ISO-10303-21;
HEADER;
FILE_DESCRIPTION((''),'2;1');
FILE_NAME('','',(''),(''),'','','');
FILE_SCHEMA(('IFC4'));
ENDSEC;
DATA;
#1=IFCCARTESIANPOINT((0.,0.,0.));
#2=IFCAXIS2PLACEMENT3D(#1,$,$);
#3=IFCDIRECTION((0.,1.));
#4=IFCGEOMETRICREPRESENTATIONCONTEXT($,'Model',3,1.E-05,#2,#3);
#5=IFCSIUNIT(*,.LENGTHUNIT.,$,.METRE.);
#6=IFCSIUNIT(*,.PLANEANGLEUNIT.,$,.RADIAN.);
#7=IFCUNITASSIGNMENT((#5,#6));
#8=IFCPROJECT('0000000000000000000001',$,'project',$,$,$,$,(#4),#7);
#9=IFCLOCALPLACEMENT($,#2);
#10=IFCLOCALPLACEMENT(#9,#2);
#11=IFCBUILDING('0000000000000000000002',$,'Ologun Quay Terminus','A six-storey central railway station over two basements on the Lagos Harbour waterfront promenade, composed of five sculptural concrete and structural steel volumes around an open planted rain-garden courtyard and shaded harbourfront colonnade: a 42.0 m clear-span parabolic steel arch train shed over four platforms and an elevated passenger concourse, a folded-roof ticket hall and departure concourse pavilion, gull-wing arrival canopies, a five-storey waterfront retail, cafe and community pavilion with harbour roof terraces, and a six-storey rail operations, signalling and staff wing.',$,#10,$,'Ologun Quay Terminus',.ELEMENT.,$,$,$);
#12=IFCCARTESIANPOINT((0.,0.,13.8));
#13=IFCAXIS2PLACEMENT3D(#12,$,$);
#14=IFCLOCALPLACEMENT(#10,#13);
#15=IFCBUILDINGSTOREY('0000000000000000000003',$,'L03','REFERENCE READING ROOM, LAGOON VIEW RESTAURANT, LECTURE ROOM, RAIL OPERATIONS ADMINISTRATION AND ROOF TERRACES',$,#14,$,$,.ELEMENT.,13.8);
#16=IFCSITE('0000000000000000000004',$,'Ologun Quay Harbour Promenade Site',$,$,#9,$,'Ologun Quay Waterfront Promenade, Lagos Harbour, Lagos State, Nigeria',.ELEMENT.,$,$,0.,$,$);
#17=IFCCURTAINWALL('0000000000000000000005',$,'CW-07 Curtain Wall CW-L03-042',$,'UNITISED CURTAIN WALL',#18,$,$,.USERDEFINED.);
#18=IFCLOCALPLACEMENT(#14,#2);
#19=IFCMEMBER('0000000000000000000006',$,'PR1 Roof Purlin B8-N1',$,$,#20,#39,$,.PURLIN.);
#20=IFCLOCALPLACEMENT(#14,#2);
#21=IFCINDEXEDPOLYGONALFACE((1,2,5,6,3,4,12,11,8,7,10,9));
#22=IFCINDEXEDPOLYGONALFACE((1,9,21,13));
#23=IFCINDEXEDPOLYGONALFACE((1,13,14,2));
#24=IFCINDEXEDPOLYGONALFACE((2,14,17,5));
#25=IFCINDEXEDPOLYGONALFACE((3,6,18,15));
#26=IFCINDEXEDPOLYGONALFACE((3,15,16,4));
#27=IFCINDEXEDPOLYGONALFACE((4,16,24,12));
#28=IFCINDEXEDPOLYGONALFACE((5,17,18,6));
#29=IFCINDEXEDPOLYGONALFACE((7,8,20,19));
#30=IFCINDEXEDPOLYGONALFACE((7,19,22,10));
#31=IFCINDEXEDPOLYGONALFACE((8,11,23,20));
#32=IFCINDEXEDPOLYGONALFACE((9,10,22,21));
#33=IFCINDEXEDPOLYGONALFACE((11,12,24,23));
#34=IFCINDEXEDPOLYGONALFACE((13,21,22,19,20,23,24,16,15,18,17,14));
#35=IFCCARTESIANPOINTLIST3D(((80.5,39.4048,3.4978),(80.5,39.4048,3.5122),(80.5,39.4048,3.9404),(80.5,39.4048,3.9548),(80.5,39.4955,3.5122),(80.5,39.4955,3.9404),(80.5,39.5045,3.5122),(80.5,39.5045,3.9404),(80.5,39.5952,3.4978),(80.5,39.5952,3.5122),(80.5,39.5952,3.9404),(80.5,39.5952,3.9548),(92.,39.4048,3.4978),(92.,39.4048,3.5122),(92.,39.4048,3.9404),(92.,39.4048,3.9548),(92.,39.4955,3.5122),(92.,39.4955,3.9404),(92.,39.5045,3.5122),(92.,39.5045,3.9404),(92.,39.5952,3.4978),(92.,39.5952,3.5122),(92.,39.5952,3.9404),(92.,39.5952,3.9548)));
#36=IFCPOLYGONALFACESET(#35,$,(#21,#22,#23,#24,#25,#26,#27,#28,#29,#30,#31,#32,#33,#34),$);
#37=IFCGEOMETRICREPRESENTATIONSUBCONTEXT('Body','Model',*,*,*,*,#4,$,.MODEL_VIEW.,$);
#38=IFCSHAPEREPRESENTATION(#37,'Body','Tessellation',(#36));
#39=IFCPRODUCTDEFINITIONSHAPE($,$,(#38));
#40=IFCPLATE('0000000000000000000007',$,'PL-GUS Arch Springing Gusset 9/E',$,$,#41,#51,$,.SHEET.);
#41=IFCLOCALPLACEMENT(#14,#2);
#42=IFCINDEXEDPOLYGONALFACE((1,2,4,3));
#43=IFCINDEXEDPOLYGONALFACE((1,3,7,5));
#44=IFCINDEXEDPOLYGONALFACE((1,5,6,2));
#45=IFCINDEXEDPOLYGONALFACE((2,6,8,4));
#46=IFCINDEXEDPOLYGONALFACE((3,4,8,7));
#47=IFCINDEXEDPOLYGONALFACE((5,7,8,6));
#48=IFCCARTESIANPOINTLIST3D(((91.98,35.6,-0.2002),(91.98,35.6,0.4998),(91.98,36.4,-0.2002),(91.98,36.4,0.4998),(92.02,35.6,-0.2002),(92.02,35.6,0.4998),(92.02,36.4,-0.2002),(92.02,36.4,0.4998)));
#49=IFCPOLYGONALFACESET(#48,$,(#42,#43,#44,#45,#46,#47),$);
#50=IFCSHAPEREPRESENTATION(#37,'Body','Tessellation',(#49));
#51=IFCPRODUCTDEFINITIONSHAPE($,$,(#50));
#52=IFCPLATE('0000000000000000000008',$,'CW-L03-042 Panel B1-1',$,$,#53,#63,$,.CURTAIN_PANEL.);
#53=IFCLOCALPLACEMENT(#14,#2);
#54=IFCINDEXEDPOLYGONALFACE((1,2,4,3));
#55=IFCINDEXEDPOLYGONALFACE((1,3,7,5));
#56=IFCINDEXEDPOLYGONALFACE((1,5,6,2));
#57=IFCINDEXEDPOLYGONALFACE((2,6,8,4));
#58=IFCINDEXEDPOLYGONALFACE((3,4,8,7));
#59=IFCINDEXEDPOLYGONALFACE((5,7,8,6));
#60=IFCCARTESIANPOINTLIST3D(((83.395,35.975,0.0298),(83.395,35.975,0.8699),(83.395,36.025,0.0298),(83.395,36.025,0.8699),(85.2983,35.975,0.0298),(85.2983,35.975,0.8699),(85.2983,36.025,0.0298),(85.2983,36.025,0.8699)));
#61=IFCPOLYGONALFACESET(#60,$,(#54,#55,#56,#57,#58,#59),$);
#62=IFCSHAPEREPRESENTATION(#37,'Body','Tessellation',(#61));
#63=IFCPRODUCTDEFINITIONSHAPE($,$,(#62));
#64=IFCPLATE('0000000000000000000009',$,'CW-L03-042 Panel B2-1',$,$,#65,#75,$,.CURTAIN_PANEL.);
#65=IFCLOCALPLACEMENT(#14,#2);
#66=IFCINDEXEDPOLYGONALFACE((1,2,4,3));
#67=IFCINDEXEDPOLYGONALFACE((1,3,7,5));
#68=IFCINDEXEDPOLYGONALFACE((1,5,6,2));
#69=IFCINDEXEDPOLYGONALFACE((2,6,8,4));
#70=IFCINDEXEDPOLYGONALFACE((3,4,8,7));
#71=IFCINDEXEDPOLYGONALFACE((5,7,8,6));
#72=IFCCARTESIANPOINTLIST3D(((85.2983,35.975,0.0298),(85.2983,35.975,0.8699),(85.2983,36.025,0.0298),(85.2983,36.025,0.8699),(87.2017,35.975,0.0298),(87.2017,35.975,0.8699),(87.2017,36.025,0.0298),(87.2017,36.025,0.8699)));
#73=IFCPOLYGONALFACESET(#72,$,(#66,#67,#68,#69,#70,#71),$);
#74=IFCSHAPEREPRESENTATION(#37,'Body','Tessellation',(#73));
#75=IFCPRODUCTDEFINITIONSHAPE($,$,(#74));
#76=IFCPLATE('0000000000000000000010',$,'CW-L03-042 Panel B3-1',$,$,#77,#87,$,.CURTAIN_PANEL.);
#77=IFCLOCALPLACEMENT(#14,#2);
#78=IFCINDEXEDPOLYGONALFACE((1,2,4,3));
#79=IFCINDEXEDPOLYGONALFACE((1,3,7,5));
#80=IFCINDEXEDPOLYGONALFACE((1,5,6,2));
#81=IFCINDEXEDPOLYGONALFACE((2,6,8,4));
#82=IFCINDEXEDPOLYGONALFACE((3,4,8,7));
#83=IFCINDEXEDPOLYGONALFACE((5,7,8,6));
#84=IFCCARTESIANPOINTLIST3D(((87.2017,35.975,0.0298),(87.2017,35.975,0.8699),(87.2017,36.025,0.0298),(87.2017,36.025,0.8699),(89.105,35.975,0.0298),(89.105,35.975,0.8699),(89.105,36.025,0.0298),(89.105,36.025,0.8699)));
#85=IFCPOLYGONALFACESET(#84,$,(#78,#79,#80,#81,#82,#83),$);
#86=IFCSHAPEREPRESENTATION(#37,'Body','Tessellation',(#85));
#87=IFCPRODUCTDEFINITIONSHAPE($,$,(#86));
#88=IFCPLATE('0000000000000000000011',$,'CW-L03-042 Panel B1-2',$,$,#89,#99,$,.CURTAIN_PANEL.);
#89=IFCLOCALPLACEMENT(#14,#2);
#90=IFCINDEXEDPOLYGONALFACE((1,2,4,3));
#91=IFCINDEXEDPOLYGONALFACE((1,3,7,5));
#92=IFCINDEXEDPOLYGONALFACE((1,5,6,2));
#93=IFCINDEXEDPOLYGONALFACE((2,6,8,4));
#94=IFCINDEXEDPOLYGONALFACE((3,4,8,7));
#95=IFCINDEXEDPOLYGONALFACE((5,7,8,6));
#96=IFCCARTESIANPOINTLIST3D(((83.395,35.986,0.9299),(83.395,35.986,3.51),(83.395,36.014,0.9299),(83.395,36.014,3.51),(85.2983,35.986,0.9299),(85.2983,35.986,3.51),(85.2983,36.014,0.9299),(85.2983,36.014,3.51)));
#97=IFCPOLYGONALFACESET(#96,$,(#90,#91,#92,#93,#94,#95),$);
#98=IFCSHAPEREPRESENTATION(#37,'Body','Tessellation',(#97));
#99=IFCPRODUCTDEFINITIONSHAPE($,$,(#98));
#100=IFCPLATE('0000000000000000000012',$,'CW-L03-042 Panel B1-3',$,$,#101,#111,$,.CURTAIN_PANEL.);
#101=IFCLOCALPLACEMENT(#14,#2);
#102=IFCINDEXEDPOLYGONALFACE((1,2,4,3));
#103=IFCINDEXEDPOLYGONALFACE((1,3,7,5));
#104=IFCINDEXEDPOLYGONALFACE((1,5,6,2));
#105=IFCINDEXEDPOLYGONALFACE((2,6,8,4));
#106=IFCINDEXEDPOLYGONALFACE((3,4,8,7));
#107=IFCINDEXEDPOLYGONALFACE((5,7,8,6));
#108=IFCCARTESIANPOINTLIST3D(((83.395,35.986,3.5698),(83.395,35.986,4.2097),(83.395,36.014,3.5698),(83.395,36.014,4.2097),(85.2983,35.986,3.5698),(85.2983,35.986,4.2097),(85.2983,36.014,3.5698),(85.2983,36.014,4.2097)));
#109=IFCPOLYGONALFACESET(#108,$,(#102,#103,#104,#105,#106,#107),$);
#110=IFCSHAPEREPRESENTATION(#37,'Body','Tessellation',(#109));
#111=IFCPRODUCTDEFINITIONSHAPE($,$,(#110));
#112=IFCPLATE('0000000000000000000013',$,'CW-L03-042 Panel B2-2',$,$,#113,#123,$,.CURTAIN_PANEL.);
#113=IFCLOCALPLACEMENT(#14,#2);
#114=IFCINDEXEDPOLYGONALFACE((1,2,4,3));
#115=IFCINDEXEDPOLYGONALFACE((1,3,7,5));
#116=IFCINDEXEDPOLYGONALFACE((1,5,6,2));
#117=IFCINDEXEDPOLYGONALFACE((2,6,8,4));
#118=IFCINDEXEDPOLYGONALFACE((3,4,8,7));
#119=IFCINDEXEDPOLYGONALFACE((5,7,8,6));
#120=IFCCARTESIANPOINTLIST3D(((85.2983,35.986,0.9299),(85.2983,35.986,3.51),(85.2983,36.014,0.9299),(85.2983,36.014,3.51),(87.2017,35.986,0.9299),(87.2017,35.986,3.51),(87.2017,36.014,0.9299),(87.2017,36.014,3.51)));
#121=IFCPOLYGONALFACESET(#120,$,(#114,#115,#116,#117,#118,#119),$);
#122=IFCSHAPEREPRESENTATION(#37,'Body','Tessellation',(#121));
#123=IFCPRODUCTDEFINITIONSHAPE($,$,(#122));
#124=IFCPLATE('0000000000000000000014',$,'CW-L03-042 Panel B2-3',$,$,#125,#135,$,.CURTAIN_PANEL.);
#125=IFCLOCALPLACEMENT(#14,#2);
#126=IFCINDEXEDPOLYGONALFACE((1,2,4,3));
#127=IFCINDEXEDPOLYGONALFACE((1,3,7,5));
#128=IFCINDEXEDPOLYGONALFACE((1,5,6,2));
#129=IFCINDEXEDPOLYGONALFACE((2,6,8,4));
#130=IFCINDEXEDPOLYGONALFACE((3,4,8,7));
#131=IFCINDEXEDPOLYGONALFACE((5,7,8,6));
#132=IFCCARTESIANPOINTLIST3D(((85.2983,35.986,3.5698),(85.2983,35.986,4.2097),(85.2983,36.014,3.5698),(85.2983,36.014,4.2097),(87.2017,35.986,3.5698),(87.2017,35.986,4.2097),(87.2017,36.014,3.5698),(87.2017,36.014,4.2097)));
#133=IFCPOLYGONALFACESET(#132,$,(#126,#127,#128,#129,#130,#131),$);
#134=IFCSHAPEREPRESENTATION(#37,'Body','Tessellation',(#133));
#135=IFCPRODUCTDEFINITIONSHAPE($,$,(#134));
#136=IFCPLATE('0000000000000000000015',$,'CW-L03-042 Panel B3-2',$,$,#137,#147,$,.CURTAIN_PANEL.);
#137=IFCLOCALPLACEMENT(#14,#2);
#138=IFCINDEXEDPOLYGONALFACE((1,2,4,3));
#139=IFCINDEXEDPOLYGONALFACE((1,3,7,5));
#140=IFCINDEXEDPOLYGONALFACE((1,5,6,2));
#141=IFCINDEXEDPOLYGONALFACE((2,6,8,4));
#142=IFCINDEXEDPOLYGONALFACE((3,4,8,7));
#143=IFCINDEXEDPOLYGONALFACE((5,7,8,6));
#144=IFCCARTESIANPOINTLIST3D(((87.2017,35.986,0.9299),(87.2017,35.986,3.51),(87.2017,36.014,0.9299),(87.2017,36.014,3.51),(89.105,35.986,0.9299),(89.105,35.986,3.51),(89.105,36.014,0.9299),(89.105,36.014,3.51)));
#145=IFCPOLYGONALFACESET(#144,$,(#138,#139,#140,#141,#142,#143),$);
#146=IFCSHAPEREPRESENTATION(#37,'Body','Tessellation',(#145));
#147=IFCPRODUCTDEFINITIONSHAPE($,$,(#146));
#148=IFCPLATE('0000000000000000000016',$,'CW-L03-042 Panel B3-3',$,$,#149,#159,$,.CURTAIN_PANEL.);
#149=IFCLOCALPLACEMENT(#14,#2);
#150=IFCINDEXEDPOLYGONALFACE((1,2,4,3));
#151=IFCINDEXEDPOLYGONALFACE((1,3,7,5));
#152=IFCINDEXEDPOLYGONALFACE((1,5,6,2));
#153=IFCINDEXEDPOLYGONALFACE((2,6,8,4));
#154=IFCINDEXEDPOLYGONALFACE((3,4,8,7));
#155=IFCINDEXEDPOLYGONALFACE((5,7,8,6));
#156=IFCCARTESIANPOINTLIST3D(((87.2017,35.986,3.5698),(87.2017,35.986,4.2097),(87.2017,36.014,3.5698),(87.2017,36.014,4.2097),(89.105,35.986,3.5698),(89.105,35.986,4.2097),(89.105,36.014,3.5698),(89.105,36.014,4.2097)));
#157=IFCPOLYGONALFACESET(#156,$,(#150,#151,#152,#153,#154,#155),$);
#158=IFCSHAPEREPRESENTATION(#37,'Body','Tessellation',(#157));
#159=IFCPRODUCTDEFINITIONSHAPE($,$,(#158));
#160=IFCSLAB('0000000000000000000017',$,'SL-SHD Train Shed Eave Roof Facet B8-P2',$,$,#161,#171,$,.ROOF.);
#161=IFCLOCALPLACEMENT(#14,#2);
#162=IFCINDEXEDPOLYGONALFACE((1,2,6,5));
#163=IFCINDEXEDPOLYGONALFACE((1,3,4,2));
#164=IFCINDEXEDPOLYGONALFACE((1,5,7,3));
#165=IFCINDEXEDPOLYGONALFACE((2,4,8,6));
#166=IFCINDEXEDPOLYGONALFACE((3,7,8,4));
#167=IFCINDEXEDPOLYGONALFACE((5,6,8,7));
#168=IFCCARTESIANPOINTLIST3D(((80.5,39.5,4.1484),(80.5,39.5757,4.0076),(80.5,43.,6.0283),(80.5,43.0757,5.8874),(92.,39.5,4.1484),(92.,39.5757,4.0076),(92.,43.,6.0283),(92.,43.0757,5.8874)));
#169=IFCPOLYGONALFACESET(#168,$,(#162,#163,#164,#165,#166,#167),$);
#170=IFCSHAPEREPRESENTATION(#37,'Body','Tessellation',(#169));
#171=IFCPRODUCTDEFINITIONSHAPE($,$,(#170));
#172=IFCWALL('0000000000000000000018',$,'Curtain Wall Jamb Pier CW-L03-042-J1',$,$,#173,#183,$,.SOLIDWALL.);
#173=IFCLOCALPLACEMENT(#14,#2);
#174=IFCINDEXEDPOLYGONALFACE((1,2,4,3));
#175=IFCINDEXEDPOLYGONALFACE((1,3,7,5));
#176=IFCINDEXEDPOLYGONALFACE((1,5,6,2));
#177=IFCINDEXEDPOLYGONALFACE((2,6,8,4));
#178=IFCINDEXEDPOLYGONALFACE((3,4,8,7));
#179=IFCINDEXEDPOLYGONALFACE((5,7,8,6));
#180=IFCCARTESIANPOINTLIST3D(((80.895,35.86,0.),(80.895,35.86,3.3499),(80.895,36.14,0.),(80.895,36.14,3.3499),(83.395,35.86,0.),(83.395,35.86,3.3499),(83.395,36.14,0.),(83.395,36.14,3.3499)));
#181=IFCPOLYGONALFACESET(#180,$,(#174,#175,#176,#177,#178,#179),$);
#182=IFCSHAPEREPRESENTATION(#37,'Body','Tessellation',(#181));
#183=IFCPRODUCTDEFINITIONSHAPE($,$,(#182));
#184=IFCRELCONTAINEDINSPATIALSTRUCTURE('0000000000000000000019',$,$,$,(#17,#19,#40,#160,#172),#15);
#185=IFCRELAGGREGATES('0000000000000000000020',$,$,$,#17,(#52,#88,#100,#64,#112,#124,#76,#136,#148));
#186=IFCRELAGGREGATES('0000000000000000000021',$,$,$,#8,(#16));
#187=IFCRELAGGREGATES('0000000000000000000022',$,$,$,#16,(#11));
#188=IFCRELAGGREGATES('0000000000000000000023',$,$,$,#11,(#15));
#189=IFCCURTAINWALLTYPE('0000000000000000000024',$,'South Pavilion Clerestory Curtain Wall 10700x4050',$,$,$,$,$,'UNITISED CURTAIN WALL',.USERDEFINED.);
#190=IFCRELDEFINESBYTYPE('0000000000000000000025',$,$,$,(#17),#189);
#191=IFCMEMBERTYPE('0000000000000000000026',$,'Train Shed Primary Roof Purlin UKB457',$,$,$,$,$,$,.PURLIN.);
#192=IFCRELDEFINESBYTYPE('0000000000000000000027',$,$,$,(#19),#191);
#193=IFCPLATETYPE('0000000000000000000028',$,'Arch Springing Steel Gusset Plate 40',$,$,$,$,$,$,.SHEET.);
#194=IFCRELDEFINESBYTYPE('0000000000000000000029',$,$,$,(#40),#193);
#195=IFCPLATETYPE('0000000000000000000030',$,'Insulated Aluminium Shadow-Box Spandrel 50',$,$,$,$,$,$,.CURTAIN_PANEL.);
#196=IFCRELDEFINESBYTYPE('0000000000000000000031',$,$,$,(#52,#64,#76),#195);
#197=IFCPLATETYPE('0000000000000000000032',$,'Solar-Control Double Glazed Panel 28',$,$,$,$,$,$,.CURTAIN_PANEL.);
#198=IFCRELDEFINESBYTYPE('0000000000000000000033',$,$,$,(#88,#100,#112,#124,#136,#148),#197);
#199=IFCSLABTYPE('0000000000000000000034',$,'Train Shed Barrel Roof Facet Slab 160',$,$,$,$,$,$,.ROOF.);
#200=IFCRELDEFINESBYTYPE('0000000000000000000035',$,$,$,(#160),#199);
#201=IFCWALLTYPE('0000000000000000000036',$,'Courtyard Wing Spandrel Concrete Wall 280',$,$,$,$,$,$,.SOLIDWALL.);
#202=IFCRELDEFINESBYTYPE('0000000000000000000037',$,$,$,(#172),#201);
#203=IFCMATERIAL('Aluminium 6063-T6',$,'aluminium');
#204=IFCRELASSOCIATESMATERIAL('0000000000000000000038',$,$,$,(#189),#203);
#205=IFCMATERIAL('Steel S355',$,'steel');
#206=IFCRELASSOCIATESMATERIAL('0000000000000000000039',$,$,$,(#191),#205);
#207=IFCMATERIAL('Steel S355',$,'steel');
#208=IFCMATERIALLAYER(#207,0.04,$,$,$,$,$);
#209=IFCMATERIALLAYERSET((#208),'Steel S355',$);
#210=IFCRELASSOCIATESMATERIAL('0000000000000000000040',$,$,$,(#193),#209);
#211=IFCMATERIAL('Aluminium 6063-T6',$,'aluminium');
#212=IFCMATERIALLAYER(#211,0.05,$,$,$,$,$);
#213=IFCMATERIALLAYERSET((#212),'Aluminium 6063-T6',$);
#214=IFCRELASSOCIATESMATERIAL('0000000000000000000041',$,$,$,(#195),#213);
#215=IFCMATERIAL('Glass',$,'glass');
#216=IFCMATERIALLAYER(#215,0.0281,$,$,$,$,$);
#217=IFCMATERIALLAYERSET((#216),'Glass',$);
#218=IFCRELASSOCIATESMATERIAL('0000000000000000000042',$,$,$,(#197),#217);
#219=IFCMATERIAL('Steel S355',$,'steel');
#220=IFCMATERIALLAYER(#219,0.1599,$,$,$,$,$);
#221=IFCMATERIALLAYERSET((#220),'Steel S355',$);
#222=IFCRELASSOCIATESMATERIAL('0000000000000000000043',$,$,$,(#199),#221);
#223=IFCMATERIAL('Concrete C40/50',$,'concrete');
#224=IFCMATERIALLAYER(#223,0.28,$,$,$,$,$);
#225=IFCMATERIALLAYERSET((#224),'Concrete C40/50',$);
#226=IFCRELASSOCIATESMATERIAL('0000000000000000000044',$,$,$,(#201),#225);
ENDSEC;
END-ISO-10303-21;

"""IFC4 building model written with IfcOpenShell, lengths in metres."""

from ifc_helpers import new_model, si_unit, direction, frame, frame_2d, origin, origin_2d, place, context, subcontext, project, spatial, polyline, rectangle, i_section, outline, extrude, material, layer, layer_set, material_profile, profile_set, type_object, element, aggregate, save


model = new_model("IFC4")

# Units and contexts
model_context = context("Model", 3, precision=1e-05, world=origin(), true_north=direction((0.0, 1.0)))
body_context = subcontext(model_context, "Body", "Model", "MODEL_VIEW")
ifc_project = project(units=[si_unit("LENGTHUNIT", "METRE"), si_unit("PLANEANGLEUNIT", "RADIAN")], contexts=[model_context])

# Site, building, storey
site_placement = place(None, origin())
site = spatial("IfcSite", under=ifc_project, at=site_placement, Name="Ologun Quay Harbour Promenade Site", LongName="Ologun Quay Waterfront Promenade, Lagos Harbour, Lagos State, Nigeria", CompositionType="ELEMENT", RefElevation=0.0)
building_placement = place(site_placement, origin())
building = spatial("IfcBuilding", under=site, at=building_placement, Name="Ologun Quay Terminus", Description="A six-storey central railway station over two basements on the Lagos Harbour waterfront promenade, composed of five sculptural concrete and structural steel volumes around an open planted rain-garden courtyard and shaded harbourfront colonnade: a 42.0 m clear-span parabolic steel arch train shed over four platforms and an elevated passenger concourse, a folded-roof ticket hall and departure concourse pavilion, gull-wing arrival canopies, a five-storey waterfront retail, cafe and community pavilion with harbour roof terraces, and a six-storey rail operations, signalling and staff wing.", LongName="Ologun Quay Terminus", CompositionType="ELEMENT")
storey_placement = place(building_placement, frame((0.0, 0.0, 13.8)))
storey = spatial("IfcBuildingStorey", under=building, at=storey_placement, Name="L03", Description="REFERENCE READING ROOM, LAGOON VIEW RESTAURANT, LECTURE ROOM, RAIL OPERATIONS ADMINISTRATION AND ROOF TERRACES", CompositionType="ELEMENT", Elevation=13.8)

# Curtain wall
ifc_material_1 = material(Name="Aluminium 6063-T6", Category="aluminium")
curtain_wall_type = type_object("IfcCurtainWallType", Name="South Pavilion Clerestory Curtain Wall 10700x4050", ElementType="UNITISED CURTAIN WALL", PredefinedType="USERDEFINED", material=ifc_material_1)
curtain_wall_placement = place(storey_placement, origin())
curtain_wall = element("IfcCurtainWall", 1, at=curtain_wall_placement, inside=storey, type_object=curtain_wall_type, Name="CW-07 Curtain Wall CW-L03-042", ObjectType="UNITISED CURTAIN WALL", PredefinedType="USERDEFINED")

# Member
ifc_material_2 = material(Name="Steel S355", Category="steel")
ifc_material_profile_1 = material_profile(ifc_material_2, i_section(OverallWidth=0.1904, OverallDepth=0.457, WebThickness=0.009, FlangeThickness=0.0144, at=origin_2d()), Name="UKB 457x191x74")
ifc_profile_set_1 = profile_set([ifc_material_profile_1], Name="Steel S355")
member_type_1 = type_object("IfcMemberType", Name="Train Shed Primary Roof Purlin UKB457", PredefinedType="PURLIN", material=ifc_profile_set_1)
member_1_placement = place(storey_placement, frame((80.5, 39.5, 3.7263), z_axis=(1.0, 0.0, 0.0), x_axis=(0.0, 1.0, 0.0)))
element("IfcMember", 2, at=member_1_placement, inside=storey, type_object=member_type_1, Name="PR1 Roof Purlin B8-N1", PredefinedType="PURLIN", context=body_context, shape_type="SweptSolid", body=[
    extrude(i_section(OverallWidth=0.1904, OverallDepth=0.457, WebThickness=0.009, FlangeThickness=0.0144, at=origin_2d()), origin(), (0.0, 0.0, 1.0), 11.5),
])

# Plates
ifc_material_3 = material(Name="Steel S355", Category="steel")
ifc_layer_1 = layer(ifc_material_3, 0.04)
ifc_layer_set_1 = layer_set([ifc_layer_1], Name="Steel S355")
plate_type_1 = type_object("IfcPlateType", Name="Arch Springing Steel Gusset Plate 40", PredefinedType="SHEET", material=ifc_layer_set_1)
plate_1_placement = place(storey_placement, frame((92.0, 36.0, -0.2002), z_axis=(0.0, 0.0, 1.0), x_axis=(0.0, 1.0, 0.0)))
element("IfcPlate", 3, at=plate_1_placement, inside=storey, type_object=plate_type_1, Name="PL-GUS Arch Springing Gusset 9/E", PredefinedType="SHEET", context=body_context, shape_type="SweptSolid", body=[
    extrude(rectangle(XDim=0.8, YDim=0.04, at=origin_2d()), origin(), (0.0, 0.0, 1.0), 0.7),
])
ifc_material_4 = material(Name="Aluminium 6063-T6", Category="aluminium")
ifc_layer_2 = layer(ifc_material_4, 0.05)
ifc_layer_set_2 = layer_set([ifc_layer_2], Name="Aluminium 6063-T6")
plate_type_2 = type_object("IfcPlateType", Name="Insulated Aluminium Shadow-Box Spandrel 50", PredefinedType="CURTAIN_PANEL", material=ifc_layer_set_2)
plate_2_placement = place(storey_placement, frame((84.3467, 36.0, 0.0298), z_axis=(0.0, 0.0, 1.0), x_axis=(1.0, 0.0, 0.0)))
plate_2 = element("IfcPlate", 4, at=plate_2_placement, type_object=plate_type_2, Name="CW-L03-042 Panel B1-1", PredefinedType="CURTAIN_PANEL", context=body_context, shape_type="SweptSolid", body=[
    extrude(rectangle(XDim=1.9033, YDim=0.05, at=origin_2d()), origin(), (0.0, 0.0, 1.0), 0.8401),
])
plate_3_placement = place(storey_placement, frame((86.25, 36.0, 0.0298), z_axis=(0.0, 0.0, 1.0), x_axis=(1.0, 0.0, 0.0)))
plate_3 = element("IfcPlate", 5, at=plate_3_placement, type_object=plate_type_2, Name="CW-L03-042 Panel B2-1", PredefinedType="CURTAIN_PANEL", context=body_context, shape_type="SweptSolid", body=[
    extrude(rectangle(XDim=1.9033, YDim=0.05, at=origin_2d()), origin(), (0.0, 0.0, 1.0), 0.8401),
])
plate_4_placement = place(storey_placement, frame((88.1533, 36.0, 0.0298), z_axis=(0.0, 0.0, 1.0), x_axis=(1.0, 0.0, 0.0)))
plate_4 = element("IfcPlate", 6, at=plate_4_placement, type_object=plate_type_2, Name="CW-L03-042 Panel B3-1", PredefinedType="CURTAIN_PANEL", context=body_context, shape_type="SweptSolid", body=[
    extrude(rectangle(XDim=1.9033, YDim=0.05, at=origin_2d()), origin(), (0.0, 0.0, 1.0), 0.8401),
])
ifc_material_5 = material(Name="Glass", Category="glass")
ifc_layer_3 = layer(ifc_material_5, 0.0281)
ifc_layer_set_3 = layer_set([ifc_layer_3], Name="Glass")
plate_type_3 = type_object("IfcPlateType", Name="Solar-Control Double Glazed Panel 28", PredefinedType="CURTAIN_PANEL", material=ifc_layer_set_3)
plate_5_placement = place(storey_placement, frame((84.3467, 36.0, 0.9299), z_axis=(0.0, 0.0, 1.0), x_axis=(1.0, 0.0, 0.0)))
plate_5 = element("IfcPlate", 7, at=plate_5_placement, type_object=plate_type_3, Name="CW-L03-042 Panel B1-2", PredefinedType="CURTAIN_PANEL", context=body_context, shape_type="SweptSolid", body=[
    extrude(rectangle(XDim=1.9033, YDim=0.0281, at=origin_2d()), origin(), (0.0, 0.0, 1.0), 2.5801),
])
plate_6_placement = place(storey_placement, frame((84.3467, 36.0, 3.5698), z_axis=(0.0, 0.0, 1.0), x_axis=(1.0, 0.0, 0.0)))
plate_6 = element("IfcPlate", 8, at=plate_6_placement, type_object=plate_type_3, Name="CW-L03-042 Panel B1-3", PredefinedType="CURTAIN_PANEL", context=body_context, shape_type="SweptSolid", body=[
    extrude(rectangle(XDim=1.9033, YDim=0.0281, at=origin_2d()), origin(), (0.0, 0.0, 1.0), 0.6399),
])
plate_7_placement = place(storey_placement, frame((86.25, 36.0, 0.9299), z_axis=(0.0, 0.0, 1.0), x_axis=(1.0, 0.0, 0.0)))
plate_7 = element("IfcPlate", 9, at=plate_7_placement, type_object=plate_type_3, Name="CW-L03-042 Panel B2-2", PredefinedType="CURTAIN_PANEL", context=body_context, shape_type="SweptSolid", body=[
    extrude(rectangle(XDim=1.9033, YDim=0.0281, at=origin_2d()), origin(), (0.0, 0.0, 1.0), 2.5801),
])
plate_8_placement = place(storey_placement, frame((86.25, 36.0, 3.5698), z_axis=(0.0, 0.0, 1.0), x_axis=(1.0, 0.0, 0.0)))
plate_8 = element("IfcPlate", 10, at=plate_8_placement, type_object=plate_type_3, Name="CW-L03-042 Panel B2-3", PredefinedType="CURTAIN_PANEL", context=body_context, shape_type="SweptSolid", body=[
    extrude(rectangle(XDim=1.9033, YDim=0.0281, at=origin_2d()), origin(), (0.0, 0.0, 1.0), 0.6399),
])
plate_9_placement = place(storey_placement, frame((88.1533, 36.0, 0.9299), z_axis=(0.0, 0.0, 1.0), x_axis=(1.0, 0.0, 0.0)))
plate_9 = element("IfcPlate", 11, at=plate_9_placement, type_object=plate_type_3, Name="CW-L03-042 Panel B3-2", PredefinedType="CURTAIN_PANEL", context=body_context, shape_type="SweptSolid", body=[
    extrude(rectangle(XDim=1.9033, YDim=0.0281, at=origin_2d()), origin(), (0.0, 0.0, 1.0), 2.5801),
])
plate_10_placement = place(storey_placement, frame((88.1533, 36.0, 3.5698), z_axis=(0.0, 0.0, 1.0), x_axis=(1.0, 0.0, 0.0)))
plate_10 = element("IfcPlate", 12, at=plate_10_placement, type_object=plate_type_3, Name="CW-L03-042 Panel B3-3", PredefinedType="CURTAIN_PANEL", context=body_context, shape_type="SweptSolid", body=[
    extrude(rectangle(XDim=1.9033, YDim=0.0281, at=origin_2d()), origin(), (0.0, 0.0, 1.0), 0.6399),
])
aggregate(curtain_wall, [plate_2, plate_5, plate_6, plate_3, plate_7, plate_8, plate_4, plate_9, plate_10])

# Slab
ifc_material_6 = material(Name="Steel S355", Category="steel")
ifc_layer_4 = layer(ifc_material_6, 0.1599)
ifc_layer_set_4 = layer_set([ifc_layer_4], Name="Steel S355")
slab_type = type_object("IfcSlabType", Name="Train Shed Barrel Roof Facet Slab 160", PredefinedType="ROOF", material=ifc_layer_set_4)
slab_placement = place(storey_placement, frame((80.5, 39.5, 4.1484), z_axis=(0.0, -0.473176, 0.880968), x_axis=(1.0, 0.0, 0.0)))
element("IfcSlab", 13, at=slab_placement, inside=storey, type_object=slab_type, Name="SL-SHD Train Shed Eave Roof Facet B8-P2", PredefinedType="ROOF", context=body_context, shape_type="SweptSolid", body=[
    extrude(outline(polyline([(0.0, 0.0), (11.5, 0.0), (11.5, 3.9729), (0.0, 3.9729), (0.0, 0.0)])), origin(), (0.0, 0.0, -1.0), 0.1599),
])

# Wall
ifc_material_7 = material(Name="Concrete C40/50", Category="concrete")
ifc_layer_5 = layer(ifc_material_7, 0.28)
ifc_layer_set_5 = layer_set([ifc_layer_5], Name="Concrete C40/50")
wall_type = type_object("IfcWallType", Name="Courtyard Wing Spandrel Concrete Wall 280", PredefinedType="SOLIDWALL", material=ifc_layer_set_5)
for number, where, z_axis, x_axis, name in (
    (14, (80.895, 36.0, 0.0), (0.0, 0.0, 1.0), (1.0, 0.0, 0.0), "Curtain Wall Jamb Pier CW-L03-042-J1"),
):
    element("IfcWall", number, at=place(storey_placement, frame(where, z_axis=z_axis, x_axis=x_axis)), inside=storey, type_object=wall_type, Name=name, PredefinedType="SOLIDWALL", context=body_context, shape_type="SweptSolid", body=[
        extrude(rectangle(XDim=2.5, YDim=0.28, at=frame_2d((1.25, 0.0))), origin(), (0.0, 0.0, 1.0), 3.3499),
    ])

save(model, "model.ifc")
